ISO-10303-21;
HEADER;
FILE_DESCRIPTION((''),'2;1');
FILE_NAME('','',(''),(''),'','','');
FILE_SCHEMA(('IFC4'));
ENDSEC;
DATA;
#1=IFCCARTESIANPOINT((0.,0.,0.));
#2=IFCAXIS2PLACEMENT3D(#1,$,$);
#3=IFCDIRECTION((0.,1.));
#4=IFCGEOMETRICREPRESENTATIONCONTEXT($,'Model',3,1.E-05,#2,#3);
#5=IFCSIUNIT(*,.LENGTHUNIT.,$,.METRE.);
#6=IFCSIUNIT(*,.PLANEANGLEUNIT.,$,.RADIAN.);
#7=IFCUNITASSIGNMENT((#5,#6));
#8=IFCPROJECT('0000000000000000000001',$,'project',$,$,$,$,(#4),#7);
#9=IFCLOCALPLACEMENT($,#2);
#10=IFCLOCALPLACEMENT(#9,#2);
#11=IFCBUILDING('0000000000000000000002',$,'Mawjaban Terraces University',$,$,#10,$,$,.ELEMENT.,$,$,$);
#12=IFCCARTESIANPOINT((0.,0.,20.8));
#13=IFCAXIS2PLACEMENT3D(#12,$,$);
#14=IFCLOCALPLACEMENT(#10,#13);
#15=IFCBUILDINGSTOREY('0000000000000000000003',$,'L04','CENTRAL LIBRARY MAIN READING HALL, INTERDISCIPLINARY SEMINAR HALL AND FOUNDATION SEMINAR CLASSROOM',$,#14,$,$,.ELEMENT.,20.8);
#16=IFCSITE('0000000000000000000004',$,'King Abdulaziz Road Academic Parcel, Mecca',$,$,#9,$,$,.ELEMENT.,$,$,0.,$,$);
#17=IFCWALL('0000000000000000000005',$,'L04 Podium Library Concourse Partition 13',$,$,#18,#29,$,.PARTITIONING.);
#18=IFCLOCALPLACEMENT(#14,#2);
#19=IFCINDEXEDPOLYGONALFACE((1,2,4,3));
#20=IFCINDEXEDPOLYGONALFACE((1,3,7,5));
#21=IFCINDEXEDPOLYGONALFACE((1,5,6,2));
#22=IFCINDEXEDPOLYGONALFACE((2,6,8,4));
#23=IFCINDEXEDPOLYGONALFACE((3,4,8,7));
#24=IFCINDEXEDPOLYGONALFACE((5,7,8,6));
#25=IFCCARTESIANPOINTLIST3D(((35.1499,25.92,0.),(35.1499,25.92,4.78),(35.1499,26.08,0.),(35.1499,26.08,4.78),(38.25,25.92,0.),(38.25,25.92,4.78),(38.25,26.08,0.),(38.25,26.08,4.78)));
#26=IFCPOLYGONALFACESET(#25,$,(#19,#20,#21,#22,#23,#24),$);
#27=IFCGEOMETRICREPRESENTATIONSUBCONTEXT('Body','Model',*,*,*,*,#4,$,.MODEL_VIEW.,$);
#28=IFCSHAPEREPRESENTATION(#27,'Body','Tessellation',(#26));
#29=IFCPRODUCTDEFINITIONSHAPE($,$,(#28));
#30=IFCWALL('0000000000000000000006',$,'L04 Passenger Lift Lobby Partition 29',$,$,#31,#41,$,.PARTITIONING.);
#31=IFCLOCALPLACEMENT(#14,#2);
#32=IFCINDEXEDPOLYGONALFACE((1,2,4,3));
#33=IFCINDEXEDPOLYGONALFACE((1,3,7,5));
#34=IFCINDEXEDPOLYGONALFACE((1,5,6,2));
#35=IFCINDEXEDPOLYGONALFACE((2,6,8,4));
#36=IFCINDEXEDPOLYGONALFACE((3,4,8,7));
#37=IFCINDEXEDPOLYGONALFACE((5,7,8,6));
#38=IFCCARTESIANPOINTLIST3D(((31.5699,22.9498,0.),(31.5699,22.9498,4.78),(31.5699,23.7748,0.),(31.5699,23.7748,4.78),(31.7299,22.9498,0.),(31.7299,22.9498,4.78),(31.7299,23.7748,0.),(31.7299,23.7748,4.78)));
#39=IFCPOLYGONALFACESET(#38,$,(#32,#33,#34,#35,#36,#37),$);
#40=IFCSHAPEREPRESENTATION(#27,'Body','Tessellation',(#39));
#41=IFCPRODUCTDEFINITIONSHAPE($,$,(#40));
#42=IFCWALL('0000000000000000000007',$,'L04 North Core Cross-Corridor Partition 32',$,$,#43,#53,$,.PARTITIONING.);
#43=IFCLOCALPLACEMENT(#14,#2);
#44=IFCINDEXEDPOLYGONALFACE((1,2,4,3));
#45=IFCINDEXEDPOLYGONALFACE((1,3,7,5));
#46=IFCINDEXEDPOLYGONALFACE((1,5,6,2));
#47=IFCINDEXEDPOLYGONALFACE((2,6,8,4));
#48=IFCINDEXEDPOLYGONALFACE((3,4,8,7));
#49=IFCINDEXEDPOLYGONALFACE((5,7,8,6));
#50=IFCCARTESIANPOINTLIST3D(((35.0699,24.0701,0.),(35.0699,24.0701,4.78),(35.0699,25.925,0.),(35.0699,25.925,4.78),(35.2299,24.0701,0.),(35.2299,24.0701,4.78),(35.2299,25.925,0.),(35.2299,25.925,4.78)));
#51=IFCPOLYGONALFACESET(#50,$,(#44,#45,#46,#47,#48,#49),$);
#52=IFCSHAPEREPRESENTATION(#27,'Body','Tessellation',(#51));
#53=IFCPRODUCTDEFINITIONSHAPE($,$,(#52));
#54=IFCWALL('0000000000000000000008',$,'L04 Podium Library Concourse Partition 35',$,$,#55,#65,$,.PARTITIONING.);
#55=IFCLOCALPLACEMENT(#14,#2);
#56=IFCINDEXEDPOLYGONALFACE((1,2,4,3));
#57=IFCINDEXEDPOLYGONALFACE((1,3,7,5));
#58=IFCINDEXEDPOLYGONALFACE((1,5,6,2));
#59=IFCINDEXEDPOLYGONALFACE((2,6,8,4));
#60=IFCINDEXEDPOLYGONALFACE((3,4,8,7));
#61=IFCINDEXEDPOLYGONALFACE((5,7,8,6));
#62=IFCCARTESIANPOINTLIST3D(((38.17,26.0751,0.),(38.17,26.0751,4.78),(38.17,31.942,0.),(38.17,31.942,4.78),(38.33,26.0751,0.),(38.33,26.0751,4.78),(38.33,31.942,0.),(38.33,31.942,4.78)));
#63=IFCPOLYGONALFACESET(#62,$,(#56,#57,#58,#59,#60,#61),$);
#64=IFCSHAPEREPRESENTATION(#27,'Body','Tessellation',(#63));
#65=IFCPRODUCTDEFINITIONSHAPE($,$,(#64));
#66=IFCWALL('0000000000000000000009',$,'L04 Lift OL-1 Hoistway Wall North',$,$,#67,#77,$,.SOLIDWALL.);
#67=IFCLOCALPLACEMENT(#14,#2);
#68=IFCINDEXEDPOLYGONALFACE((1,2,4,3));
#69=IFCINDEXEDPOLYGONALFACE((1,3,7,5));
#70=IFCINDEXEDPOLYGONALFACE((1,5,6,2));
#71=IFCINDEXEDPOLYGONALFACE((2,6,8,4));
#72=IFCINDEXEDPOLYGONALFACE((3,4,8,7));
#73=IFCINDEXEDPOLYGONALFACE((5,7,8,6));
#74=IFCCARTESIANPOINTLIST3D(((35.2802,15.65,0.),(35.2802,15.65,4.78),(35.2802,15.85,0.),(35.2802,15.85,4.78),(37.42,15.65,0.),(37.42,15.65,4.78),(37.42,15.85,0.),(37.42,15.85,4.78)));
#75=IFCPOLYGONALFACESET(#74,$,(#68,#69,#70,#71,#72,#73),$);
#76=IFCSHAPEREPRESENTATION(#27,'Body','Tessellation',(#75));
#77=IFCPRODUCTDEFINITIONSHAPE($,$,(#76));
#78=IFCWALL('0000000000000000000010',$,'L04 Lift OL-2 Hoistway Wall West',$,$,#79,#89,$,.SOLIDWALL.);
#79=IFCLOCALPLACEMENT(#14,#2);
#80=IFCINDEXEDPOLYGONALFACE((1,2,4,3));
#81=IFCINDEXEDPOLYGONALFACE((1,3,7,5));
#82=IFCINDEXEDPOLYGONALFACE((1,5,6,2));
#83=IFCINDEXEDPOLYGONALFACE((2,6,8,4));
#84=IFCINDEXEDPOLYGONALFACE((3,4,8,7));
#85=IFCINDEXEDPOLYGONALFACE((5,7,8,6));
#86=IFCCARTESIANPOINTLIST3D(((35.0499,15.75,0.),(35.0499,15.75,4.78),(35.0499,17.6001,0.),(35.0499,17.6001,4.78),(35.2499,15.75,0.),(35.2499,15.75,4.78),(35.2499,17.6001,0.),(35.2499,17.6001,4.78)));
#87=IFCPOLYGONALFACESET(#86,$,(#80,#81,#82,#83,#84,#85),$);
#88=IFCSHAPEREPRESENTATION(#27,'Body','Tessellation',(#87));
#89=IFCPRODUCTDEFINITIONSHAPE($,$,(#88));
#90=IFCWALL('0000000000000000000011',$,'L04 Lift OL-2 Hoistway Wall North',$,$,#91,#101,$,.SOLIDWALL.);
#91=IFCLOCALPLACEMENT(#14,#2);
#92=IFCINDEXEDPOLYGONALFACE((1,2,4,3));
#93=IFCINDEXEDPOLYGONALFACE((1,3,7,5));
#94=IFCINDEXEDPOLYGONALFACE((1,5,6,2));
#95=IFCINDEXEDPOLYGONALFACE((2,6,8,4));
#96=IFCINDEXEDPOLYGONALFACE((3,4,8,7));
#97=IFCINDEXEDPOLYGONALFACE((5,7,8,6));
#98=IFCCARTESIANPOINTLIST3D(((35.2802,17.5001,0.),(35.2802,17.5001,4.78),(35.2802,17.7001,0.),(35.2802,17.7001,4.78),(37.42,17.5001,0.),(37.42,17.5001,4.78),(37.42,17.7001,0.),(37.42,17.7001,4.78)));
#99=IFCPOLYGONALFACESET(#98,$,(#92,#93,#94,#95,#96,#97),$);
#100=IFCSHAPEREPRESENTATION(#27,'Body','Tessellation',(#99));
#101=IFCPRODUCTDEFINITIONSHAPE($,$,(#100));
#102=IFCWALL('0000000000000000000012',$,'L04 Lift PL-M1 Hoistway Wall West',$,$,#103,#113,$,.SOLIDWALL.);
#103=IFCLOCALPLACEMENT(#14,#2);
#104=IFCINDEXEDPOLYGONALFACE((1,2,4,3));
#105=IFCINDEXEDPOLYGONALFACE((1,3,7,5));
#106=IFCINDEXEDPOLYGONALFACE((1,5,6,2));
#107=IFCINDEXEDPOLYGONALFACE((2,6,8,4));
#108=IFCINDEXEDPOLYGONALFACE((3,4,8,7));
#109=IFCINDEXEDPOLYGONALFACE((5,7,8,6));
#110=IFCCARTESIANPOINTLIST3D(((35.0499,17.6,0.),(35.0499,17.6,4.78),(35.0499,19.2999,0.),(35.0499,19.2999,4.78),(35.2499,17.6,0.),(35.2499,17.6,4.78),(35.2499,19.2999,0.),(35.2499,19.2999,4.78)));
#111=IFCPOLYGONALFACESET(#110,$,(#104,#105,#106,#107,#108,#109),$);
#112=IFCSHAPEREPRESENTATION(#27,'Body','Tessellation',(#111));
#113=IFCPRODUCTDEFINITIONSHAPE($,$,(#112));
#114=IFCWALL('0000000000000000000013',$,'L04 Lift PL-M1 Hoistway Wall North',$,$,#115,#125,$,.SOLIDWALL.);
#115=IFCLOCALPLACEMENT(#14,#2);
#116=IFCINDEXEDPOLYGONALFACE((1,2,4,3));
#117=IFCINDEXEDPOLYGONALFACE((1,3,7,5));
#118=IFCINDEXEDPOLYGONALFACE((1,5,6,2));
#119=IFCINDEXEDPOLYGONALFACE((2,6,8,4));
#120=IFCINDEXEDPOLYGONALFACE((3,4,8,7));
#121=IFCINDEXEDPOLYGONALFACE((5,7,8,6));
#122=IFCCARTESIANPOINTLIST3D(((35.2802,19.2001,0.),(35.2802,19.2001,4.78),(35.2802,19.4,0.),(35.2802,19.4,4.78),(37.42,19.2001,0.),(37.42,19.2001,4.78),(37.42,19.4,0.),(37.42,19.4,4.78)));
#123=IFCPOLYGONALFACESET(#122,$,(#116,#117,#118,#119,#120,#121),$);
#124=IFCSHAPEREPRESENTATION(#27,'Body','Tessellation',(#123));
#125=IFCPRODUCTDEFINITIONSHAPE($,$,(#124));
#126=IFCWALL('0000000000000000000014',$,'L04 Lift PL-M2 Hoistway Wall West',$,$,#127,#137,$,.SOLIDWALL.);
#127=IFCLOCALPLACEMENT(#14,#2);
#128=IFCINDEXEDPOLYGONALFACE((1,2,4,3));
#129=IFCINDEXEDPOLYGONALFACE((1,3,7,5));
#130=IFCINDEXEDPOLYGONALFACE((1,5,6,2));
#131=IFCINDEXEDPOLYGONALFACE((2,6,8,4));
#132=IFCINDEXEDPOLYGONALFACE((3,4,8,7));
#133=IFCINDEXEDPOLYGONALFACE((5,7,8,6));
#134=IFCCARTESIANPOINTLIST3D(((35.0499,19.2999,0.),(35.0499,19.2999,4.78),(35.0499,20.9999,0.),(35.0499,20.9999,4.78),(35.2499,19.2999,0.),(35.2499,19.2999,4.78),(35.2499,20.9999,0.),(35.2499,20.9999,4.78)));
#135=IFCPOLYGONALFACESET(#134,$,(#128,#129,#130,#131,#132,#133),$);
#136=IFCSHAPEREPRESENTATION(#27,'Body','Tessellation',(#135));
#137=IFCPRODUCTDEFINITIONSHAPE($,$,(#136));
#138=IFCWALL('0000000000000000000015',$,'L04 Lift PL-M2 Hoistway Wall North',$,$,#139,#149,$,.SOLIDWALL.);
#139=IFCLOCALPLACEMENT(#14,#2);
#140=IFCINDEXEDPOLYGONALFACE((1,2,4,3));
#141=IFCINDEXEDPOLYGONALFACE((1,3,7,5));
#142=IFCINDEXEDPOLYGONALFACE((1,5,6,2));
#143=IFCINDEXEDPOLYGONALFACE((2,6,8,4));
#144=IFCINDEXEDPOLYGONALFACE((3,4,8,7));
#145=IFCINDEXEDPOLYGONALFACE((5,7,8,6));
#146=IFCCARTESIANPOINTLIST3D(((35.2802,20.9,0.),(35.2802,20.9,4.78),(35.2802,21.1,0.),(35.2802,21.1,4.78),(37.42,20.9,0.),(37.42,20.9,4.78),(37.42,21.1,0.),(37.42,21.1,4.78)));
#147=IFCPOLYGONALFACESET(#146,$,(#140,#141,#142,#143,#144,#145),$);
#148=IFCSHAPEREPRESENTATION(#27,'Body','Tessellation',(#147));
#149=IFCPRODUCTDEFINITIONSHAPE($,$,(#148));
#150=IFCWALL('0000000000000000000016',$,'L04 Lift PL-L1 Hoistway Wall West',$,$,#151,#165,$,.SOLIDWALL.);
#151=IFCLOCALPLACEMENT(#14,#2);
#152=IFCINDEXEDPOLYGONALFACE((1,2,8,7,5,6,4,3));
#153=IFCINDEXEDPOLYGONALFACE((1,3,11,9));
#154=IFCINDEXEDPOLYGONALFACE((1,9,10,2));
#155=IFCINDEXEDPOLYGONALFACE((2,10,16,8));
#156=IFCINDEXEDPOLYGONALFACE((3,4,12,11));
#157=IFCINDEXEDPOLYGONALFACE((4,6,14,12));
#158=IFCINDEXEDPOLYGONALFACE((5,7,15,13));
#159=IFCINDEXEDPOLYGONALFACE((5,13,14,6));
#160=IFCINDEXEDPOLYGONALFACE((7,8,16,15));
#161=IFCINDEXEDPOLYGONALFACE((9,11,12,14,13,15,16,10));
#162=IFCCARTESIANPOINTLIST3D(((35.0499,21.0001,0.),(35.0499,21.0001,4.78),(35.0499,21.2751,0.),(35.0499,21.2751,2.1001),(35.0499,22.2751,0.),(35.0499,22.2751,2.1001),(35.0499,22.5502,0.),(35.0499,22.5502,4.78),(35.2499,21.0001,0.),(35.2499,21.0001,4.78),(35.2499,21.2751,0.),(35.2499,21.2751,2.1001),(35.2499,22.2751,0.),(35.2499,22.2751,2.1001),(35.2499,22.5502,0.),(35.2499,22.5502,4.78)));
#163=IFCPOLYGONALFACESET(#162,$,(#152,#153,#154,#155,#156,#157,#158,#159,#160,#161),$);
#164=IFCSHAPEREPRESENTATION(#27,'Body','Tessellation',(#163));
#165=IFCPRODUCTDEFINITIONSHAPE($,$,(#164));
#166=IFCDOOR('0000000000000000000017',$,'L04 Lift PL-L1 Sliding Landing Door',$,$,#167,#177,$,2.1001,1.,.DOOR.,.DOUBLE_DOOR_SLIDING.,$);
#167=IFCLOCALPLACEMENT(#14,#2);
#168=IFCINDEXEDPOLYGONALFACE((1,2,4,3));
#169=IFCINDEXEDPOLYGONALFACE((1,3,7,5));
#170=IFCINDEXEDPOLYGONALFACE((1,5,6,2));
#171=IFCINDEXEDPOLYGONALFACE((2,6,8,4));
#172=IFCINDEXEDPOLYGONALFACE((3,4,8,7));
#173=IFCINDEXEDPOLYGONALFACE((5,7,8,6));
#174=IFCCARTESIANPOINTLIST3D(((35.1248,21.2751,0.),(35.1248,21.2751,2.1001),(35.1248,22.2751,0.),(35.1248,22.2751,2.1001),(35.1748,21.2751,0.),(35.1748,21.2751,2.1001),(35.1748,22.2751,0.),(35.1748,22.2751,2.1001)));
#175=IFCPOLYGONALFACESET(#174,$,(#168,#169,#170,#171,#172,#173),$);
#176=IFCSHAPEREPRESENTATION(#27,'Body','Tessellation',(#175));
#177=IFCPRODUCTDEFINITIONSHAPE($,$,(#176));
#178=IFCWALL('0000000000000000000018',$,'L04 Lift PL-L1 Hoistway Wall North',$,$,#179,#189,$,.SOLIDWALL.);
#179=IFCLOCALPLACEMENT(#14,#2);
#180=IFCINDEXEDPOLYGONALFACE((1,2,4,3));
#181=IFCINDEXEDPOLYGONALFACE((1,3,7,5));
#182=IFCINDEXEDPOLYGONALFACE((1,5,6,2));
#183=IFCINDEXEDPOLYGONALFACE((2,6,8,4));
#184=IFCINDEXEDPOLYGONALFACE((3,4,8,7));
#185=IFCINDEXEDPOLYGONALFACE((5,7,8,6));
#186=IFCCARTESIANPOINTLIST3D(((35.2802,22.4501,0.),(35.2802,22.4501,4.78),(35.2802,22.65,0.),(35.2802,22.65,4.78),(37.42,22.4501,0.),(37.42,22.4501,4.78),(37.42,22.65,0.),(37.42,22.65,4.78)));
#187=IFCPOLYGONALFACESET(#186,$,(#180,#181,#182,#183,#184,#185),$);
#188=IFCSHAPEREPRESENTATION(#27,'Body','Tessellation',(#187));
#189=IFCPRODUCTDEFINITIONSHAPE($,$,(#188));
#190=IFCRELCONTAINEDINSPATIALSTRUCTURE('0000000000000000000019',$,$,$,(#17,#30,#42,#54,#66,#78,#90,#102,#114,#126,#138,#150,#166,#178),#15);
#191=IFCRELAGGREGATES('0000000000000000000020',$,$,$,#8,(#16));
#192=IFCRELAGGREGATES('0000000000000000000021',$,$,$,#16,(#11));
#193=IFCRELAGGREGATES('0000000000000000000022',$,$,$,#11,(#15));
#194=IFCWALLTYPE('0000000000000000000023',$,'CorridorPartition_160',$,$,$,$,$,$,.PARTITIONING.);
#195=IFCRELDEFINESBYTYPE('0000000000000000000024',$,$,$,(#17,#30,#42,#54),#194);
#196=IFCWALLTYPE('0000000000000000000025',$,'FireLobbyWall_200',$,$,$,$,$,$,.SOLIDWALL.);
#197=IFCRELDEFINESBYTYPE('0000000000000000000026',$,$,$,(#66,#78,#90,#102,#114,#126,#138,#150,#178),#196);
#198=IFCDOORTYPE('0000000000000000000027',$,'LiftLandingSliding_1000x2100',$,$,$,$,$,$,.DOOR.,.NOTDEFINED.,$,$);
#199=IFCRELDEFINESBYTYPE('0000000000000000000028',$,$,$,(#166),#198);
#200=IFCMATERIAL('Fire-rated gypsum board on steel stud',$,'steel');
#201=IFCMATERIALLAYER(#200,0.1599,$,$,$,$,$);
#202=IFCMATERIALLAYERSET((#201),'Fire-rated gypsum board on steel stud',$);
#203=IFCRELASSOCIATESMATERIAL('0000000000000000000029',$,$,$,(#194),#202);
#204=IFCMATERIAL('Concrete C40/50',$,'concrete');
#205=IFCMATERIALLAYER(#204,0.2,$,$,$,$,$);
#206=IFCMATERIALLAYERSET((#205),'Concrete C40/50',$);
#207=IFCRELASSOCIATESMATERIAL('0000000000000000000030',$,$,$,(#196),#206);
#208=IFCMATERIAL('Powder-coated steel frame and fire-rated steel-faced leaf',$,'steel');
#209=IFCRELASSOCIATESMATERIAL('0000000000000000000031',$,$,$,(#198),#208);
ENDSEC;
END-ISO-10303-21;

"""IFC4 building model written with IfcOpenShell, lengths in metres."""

from ifc_helpers import new_model, si_unit, direction, frame, frame_2d, origin, place, context, subcontext, project, spatial, rectangle, extrude, material, layer, layer_set, type_object, element, fill, save


model = new_model("IFC4")

# Units and contexts
model_context = context("Model", 3, precision=1e-05, world=origin(), true_north=direction((0.0, 1.0)))
body_context = subcontext(model_context, "Body", "Model", "MODEL_VIEW")
ifc_project = project(units=[si_unit("LENGTHUNIT", "METRE"), si_unit("PLANEANGLEUNIT", "RADIAN")], contexts=[model_context])

# Site, building, storey
site_placement = place(None, origin())
site = spatial("IfcSite", under=ifc_project, at=site_placement, Name="King Abdulaziz Road Academic Parcel, Mecca", CompositionType="ELEMENT", RefElevation=0.0)
building_placement = place(site_placement, origin())
building = spatial("IfcBuilding", under=site, at=building_placement, Name="Mawjaban Terraces University", CompositionType="ELEMENT")
storey_placement = place(building_placement, frame((0.0, 0.0, 20.8)))
storey = spatial("IfcBuildingStorey", under=building, at=storey_placement, Name="L04", Description="CENTRAL LIBRARY MAIN READING HALL, INTERDISCIPLINARY SEMINAR HALL AND FOUNDATION SEMINAR CLASSROOM", CompositionType="ELEMENT", Elevation=20.8)

# Walls
ifc_material_1 = material(Name="Fire-rated gypsum board on steel stud", Category="steel")
ifc_layer_1 = layer(ifc_material_1, 0.1599)
ifc_layer_set_1 = layer_set([ifc_layer_1], Name="Fire-rated gypsum board on steel stud")
wall_type_1 = type_object("IfcWallType", Name="CorridorPartition_160", PredefinedType="PARTITIONING", material=ifc_layer_set_1)
wall_1_placement = place(storey_placement, frame((35.1499, 26.0, 0.0), z_axis=(0.0, 0.0, 1.0), x_axis=(1.0, 0.0, 0.0)))
element("IfcWall", 1, at=wall_1_placement, inside=storey, type_object=wall_type_1, Name="L04 Podium Library Concourse Partition 13", PredefinedType="PARTITIONING", context=body_context, shape_type="SweptSolid", body=[
    extrude(rectangle(XDim=3.1001, YDim=0.1599, at=frame_2d((1.55, 0.0))), origin(), (0.0, 0.0, 1.0), 4.78),
])
wall_2_placement = place(storey_placement, frame((31.6499, 23.7749, 0.0), z_axis=(0.0, 0.0, 1.0), x_axis=(0.0, -1.0, 0.0)))
element("IfcWall", 2, at=wall_2_placement, inside=storey, type_object=wall_type_1, Name="L04 Passenger Lift Lobby Partition 29", PredefinedType="PARTITIONING", context=body_context, shape_type="SweptSolid", body=[
    extrude(rectangle(XDim=0.825, YDim=0.1599, at=frame_2d((0.4126, 0.0))), origin(), (0.0, 0.0, 1.0), 4.78),
])
wall_3_placement = place(storey_placement, frame((35.1499, 24.0701, 0.0), z_axis=(0.0, 0.0, 1.0), x_axis=(0.0, 1.0, 0.0)))
element("IfcWall", 3, at=wall_3_placement, inside=storey, type_object=wall_type_1, Name="L04 North Core Cross-Corridor Partition 32", PredefinedType="PARTITIONING", context=body_context, shape_type="SweptSolid", body=[
    extrude(rectangle(XDim=1.855, YDim=0.1599, at=frame_2d((0.9275, 0.0))), origin(), (0.0, 0.0, 1.0), 4.78),
])
wall_4_placement = place(storey_placement, frame((38.25, 26.075, 0.0), z_axis=(0.0, 0.0, 1.0), x_axis=(0.0, 1.0, 0.0)))
element("IfcWall", 4, at=wall_4_placement, inside=storey, type_object=wall_type_1, Name="L04 Podium Library Concourse Partition 35", PredefinedType="PARTITIONING", context=body_context, shape_type="SweptSolid", body=[
    extrude(rectangle(XDim=5.8669, YDim=0.1599, at=frame_2d((2.9336, 0.0))), origin(), (0.0, 0.0, 1.0), 4.78),
])
ifc_material_2 = material(Name="Concrete C40/50", Category="concrete")
ifc_layer_2 = layer(ifc_material_2, 0.2)
ifc_layer_set_2 = layer_set([ifc_layer_2], Name="Concrete C40/50")
wall_type_2 = type_object("IfcWallType", Name="FireLobbyWall_200", PredefinedType="SOLIDWALL", material=ifc_layer_set_2)
wall_5_placement = place(storey_placement, frame((37.4199, 15.75, 0.0), z_axis=(0.0, 0.0, 1.0), x_axis=(-1.0, 0.0, 0.0)))
element("IfcWall", 5, at=wall_5_placement, inside=storey, type_object=wall_type_2, Name="L04 Lift OL-1 Hoistway Wall North", PredefinedType="SOLIDWALL", context=body_context, shape_type="SweptSolid", body=[
    extrude(rectangle(XDim=2.1399, YDim=0.2, at=frame_2d((1.0698, 0.0))), origin(), (0.0, 0.0, 1.0), 4.78),
])
wall_6_placement = place(storey_placement, frame((35.1499, 17.6001, 0.0), z_axis=(0.0, 0.0, 1.0), x_axis=(0.0, -1.0, 0.0)))
element("IfcWall", 6, at=wall_6_placement, inside=storey, type_object=wall_type_2, Name="L04 Lift OL-2 Hoistway Wall West", PredefinedType="SOLIDWALL", context=body_context, shape_type="SweptSolid", body=[
    extrude(rectangle(XDim=1.8501, YDim=0.2, at=frame_2d((0.925, 0.0))), origin(), (0.0, 0.0, 1.0), 4.78),
])
wall_7_placement = place(storey_placement, frame((37.4199, 17.6001, 0.0), z_axis=(0.0, 0.0, 1.0), x_axis=(-1.0, 0.0, 0.0)))
element("IfcWall", 7, at=wall_7_placement, inside=storey, type_object=wall_type_2, Name="L04 Lift OL-2 Hoistway Wall North", PredefinedType="SOLIDWALL", context=body_context, shape_type="SweptSolid", body=[
    extrude(rectangle(XDim=2.1399, YDim=0.2, at=frame_2d((1.0698, 0.0))), origin(), (0.0, 0.0, 1.0), 4.78),
])
wall_8_placement = place(storey_placement, frame((35.1499, 19.3, 0.0), z_axis=(0.0, 0.0, 1.0), x_axis=(0.0, -1.0, 0.0)))
element("IfcWall", 8, at=wall_8_placement, inside=storey, type_object=wall_type_2, Name="L04 Lift PL-M1 Hoistway Wall West", PredefinedType="SOLIDWALL", context=body_context, shape_type="SweptSolid", body=[
    extrude(rectangle(XDim=1.7, YDim=0.2, at=frame_2d((0.8501, 0.0))), origin(), (0.0, 0.0, 1.0), 4.78),
])
wall_9_placement = place(storey_placement, frame((37.4199, 19.3, 0.0), z_axis=(0.0, 0.0, 1.0), x_axis=(-1.0, 0.0, 0.0)))
element("IfcWall", 9, at=wall_9_placement, inside=storey, type_object=wall_type_2, Name="L04 Lift PL-M1 Hoistway Wall North", PredefinedType="SOLIDWALL", context=body_context, shape_type="SweptSolid", body=[
    extrude(rectangle(XDim=2.1399, YDim=0.2, at=frame_2d((1.0698, 0.0))), origin(), (0.0, 0.0, 1.0), 4.78),
])
wall_10_placement = place(storey_placement, frame((35.1499, 21.0, 0.0), z_axis=(0.0, 0.0, 1.0), x_axis=(0.0, -1.0, 0.0)))
element("IfcWall", 10, at=wall_10_placement, inside=storey, type_object=wall_type_2, Name="L04 Lift PL-M2 Hoistway Wall West", PredefinedType="SOLIDWALL", context=body_context, shape_type="SweptSolid", body=[
    extrude(rectangle(XDim=1.7, YDim=0.2, at=frame_2d((0.8501, 0.0))), origin(), (0.0, 0.0, 1.0), 4.78),
])
wall_11_placement = place(storey_placement, frame((37.4199, 21.0, 0.0), z_axis=(0.0, 0.0, 1.0), x_axis=(-1.0, 0.0, 0.0)))
element("IfcWall", 11, at=wall_11_placement, inside=storey, type_object=wall_type_2, Name="L04 Lift PL-M2 Hoistway Wall North", PredefinedType="SOLIDWALL", context=body_context, shape_type="SweptSolid", body=[
    extrude(rectangle(XDim=2.1399, YDim=0.2, at=frame_2d((1.0698, 0.0))), origin(), (0.0, 0.0, 1.0), 4.78),
])

# Wall, opening, door
wall_12_placement = place(storey_placement, frame((35.1499, 22.55, 0.0), z_axis=(0.0, 0.0, 1.0), x_axis=(0.0, -1.0, 0.0)))
wall_12 = element("IfcWall", 12, at=wall_12_placement, inside=storey, type_object=wall_type_2, Name="L04 Lift PL-L1 Hoistway Wall West", PredefinedType="SOLIDWALL", context=body_context, shape_type="SweptSolid", body=[
    extrude(rectangle(XDim=1.55, YDim=0.2, at=frame_2d((0.7749, 0.0))), origin(), (0.0, 0.0, 1.0), 4.78),
])
opening_1_placement = place(wall_12_placement, frame((0.2749, 0.0, 0.0)))
opening_1 = element("IfcOpeningElement", 13, at=opening_1_placement, cuts=wall_12, PredefinedType="OPENING", context=body_context, shape_type="SweptSolid", body=[
    extrude(rectangle(XDim=1.0, YDim=2.1001, at=frame_2d((0.5, 1.05))), frame((0.0, 0.1099, 0.0), z_axis=(0.0, -1.0, 0.0), x_axis=(1.0, 0.0, 0.0)), (0.0, 0.0, 1.0), 0.22),
])
ifc_material_3 = material(Name="Powder-coated steel frame and fire-rated steel-faced leaf", Category="steel")
door_type = type_object("IfcDoorType", Name="LiftLandingSliding_1000x2100", OperationType="NOTDEFINED", PredefinedType="DOOR", material=ifc_material_3)
door_1_placement = place(opening_1_placement, origin())
door_1 = element("IfcDoor", 14, at=door_1_placement, inside=storey, type_object=door_type, Name="L04 Lift PL-L1 Sliding Landing Door", OperationType="DOUBLE_DOOR_SLIDING", OverallHeight=2.1001, OverallWidth=1.0, PredefinedType="DOOR", context=body_context, shape_type="SweptSolid", body=[
    extrude(rectangle(XDim=1.0, YDim=2.1001, at=frame_2d((0.5, 1.05))), frame((0.0, 0.0249, 0.0), z_axis=(0.0, -1.0, 0.0), x_axis=(1.0, 0.0, 0.0)), (0.0, 0.0, 1.0), 0.05),
])
fill(opening_1, door_1)

# Wall
wall_13_placement = place(storey_placement, frame((37.4199, 22.55, 0.0), z_axis=(0.0, 0.0, 1.0), x_axis=(-1.0, 0.0, 0.0)))
element("IfcWall", 15, at=wall_13_placement, inside=storey, type_object=wall_type_2, Name="L04 Lift PL-L1 Hoistway Wall North", PredefinedType="SOLIDWALL", context=body_context, shape_type="SweptSolid", body=[
    extrude(rectangle(XDim=2.1399, YDim=0.2, at=frame_2d((1.0698, 0.0))), origin(), (0.0, 0.0, 1.0), 4.78),
])

save(model, "model.ifc")
